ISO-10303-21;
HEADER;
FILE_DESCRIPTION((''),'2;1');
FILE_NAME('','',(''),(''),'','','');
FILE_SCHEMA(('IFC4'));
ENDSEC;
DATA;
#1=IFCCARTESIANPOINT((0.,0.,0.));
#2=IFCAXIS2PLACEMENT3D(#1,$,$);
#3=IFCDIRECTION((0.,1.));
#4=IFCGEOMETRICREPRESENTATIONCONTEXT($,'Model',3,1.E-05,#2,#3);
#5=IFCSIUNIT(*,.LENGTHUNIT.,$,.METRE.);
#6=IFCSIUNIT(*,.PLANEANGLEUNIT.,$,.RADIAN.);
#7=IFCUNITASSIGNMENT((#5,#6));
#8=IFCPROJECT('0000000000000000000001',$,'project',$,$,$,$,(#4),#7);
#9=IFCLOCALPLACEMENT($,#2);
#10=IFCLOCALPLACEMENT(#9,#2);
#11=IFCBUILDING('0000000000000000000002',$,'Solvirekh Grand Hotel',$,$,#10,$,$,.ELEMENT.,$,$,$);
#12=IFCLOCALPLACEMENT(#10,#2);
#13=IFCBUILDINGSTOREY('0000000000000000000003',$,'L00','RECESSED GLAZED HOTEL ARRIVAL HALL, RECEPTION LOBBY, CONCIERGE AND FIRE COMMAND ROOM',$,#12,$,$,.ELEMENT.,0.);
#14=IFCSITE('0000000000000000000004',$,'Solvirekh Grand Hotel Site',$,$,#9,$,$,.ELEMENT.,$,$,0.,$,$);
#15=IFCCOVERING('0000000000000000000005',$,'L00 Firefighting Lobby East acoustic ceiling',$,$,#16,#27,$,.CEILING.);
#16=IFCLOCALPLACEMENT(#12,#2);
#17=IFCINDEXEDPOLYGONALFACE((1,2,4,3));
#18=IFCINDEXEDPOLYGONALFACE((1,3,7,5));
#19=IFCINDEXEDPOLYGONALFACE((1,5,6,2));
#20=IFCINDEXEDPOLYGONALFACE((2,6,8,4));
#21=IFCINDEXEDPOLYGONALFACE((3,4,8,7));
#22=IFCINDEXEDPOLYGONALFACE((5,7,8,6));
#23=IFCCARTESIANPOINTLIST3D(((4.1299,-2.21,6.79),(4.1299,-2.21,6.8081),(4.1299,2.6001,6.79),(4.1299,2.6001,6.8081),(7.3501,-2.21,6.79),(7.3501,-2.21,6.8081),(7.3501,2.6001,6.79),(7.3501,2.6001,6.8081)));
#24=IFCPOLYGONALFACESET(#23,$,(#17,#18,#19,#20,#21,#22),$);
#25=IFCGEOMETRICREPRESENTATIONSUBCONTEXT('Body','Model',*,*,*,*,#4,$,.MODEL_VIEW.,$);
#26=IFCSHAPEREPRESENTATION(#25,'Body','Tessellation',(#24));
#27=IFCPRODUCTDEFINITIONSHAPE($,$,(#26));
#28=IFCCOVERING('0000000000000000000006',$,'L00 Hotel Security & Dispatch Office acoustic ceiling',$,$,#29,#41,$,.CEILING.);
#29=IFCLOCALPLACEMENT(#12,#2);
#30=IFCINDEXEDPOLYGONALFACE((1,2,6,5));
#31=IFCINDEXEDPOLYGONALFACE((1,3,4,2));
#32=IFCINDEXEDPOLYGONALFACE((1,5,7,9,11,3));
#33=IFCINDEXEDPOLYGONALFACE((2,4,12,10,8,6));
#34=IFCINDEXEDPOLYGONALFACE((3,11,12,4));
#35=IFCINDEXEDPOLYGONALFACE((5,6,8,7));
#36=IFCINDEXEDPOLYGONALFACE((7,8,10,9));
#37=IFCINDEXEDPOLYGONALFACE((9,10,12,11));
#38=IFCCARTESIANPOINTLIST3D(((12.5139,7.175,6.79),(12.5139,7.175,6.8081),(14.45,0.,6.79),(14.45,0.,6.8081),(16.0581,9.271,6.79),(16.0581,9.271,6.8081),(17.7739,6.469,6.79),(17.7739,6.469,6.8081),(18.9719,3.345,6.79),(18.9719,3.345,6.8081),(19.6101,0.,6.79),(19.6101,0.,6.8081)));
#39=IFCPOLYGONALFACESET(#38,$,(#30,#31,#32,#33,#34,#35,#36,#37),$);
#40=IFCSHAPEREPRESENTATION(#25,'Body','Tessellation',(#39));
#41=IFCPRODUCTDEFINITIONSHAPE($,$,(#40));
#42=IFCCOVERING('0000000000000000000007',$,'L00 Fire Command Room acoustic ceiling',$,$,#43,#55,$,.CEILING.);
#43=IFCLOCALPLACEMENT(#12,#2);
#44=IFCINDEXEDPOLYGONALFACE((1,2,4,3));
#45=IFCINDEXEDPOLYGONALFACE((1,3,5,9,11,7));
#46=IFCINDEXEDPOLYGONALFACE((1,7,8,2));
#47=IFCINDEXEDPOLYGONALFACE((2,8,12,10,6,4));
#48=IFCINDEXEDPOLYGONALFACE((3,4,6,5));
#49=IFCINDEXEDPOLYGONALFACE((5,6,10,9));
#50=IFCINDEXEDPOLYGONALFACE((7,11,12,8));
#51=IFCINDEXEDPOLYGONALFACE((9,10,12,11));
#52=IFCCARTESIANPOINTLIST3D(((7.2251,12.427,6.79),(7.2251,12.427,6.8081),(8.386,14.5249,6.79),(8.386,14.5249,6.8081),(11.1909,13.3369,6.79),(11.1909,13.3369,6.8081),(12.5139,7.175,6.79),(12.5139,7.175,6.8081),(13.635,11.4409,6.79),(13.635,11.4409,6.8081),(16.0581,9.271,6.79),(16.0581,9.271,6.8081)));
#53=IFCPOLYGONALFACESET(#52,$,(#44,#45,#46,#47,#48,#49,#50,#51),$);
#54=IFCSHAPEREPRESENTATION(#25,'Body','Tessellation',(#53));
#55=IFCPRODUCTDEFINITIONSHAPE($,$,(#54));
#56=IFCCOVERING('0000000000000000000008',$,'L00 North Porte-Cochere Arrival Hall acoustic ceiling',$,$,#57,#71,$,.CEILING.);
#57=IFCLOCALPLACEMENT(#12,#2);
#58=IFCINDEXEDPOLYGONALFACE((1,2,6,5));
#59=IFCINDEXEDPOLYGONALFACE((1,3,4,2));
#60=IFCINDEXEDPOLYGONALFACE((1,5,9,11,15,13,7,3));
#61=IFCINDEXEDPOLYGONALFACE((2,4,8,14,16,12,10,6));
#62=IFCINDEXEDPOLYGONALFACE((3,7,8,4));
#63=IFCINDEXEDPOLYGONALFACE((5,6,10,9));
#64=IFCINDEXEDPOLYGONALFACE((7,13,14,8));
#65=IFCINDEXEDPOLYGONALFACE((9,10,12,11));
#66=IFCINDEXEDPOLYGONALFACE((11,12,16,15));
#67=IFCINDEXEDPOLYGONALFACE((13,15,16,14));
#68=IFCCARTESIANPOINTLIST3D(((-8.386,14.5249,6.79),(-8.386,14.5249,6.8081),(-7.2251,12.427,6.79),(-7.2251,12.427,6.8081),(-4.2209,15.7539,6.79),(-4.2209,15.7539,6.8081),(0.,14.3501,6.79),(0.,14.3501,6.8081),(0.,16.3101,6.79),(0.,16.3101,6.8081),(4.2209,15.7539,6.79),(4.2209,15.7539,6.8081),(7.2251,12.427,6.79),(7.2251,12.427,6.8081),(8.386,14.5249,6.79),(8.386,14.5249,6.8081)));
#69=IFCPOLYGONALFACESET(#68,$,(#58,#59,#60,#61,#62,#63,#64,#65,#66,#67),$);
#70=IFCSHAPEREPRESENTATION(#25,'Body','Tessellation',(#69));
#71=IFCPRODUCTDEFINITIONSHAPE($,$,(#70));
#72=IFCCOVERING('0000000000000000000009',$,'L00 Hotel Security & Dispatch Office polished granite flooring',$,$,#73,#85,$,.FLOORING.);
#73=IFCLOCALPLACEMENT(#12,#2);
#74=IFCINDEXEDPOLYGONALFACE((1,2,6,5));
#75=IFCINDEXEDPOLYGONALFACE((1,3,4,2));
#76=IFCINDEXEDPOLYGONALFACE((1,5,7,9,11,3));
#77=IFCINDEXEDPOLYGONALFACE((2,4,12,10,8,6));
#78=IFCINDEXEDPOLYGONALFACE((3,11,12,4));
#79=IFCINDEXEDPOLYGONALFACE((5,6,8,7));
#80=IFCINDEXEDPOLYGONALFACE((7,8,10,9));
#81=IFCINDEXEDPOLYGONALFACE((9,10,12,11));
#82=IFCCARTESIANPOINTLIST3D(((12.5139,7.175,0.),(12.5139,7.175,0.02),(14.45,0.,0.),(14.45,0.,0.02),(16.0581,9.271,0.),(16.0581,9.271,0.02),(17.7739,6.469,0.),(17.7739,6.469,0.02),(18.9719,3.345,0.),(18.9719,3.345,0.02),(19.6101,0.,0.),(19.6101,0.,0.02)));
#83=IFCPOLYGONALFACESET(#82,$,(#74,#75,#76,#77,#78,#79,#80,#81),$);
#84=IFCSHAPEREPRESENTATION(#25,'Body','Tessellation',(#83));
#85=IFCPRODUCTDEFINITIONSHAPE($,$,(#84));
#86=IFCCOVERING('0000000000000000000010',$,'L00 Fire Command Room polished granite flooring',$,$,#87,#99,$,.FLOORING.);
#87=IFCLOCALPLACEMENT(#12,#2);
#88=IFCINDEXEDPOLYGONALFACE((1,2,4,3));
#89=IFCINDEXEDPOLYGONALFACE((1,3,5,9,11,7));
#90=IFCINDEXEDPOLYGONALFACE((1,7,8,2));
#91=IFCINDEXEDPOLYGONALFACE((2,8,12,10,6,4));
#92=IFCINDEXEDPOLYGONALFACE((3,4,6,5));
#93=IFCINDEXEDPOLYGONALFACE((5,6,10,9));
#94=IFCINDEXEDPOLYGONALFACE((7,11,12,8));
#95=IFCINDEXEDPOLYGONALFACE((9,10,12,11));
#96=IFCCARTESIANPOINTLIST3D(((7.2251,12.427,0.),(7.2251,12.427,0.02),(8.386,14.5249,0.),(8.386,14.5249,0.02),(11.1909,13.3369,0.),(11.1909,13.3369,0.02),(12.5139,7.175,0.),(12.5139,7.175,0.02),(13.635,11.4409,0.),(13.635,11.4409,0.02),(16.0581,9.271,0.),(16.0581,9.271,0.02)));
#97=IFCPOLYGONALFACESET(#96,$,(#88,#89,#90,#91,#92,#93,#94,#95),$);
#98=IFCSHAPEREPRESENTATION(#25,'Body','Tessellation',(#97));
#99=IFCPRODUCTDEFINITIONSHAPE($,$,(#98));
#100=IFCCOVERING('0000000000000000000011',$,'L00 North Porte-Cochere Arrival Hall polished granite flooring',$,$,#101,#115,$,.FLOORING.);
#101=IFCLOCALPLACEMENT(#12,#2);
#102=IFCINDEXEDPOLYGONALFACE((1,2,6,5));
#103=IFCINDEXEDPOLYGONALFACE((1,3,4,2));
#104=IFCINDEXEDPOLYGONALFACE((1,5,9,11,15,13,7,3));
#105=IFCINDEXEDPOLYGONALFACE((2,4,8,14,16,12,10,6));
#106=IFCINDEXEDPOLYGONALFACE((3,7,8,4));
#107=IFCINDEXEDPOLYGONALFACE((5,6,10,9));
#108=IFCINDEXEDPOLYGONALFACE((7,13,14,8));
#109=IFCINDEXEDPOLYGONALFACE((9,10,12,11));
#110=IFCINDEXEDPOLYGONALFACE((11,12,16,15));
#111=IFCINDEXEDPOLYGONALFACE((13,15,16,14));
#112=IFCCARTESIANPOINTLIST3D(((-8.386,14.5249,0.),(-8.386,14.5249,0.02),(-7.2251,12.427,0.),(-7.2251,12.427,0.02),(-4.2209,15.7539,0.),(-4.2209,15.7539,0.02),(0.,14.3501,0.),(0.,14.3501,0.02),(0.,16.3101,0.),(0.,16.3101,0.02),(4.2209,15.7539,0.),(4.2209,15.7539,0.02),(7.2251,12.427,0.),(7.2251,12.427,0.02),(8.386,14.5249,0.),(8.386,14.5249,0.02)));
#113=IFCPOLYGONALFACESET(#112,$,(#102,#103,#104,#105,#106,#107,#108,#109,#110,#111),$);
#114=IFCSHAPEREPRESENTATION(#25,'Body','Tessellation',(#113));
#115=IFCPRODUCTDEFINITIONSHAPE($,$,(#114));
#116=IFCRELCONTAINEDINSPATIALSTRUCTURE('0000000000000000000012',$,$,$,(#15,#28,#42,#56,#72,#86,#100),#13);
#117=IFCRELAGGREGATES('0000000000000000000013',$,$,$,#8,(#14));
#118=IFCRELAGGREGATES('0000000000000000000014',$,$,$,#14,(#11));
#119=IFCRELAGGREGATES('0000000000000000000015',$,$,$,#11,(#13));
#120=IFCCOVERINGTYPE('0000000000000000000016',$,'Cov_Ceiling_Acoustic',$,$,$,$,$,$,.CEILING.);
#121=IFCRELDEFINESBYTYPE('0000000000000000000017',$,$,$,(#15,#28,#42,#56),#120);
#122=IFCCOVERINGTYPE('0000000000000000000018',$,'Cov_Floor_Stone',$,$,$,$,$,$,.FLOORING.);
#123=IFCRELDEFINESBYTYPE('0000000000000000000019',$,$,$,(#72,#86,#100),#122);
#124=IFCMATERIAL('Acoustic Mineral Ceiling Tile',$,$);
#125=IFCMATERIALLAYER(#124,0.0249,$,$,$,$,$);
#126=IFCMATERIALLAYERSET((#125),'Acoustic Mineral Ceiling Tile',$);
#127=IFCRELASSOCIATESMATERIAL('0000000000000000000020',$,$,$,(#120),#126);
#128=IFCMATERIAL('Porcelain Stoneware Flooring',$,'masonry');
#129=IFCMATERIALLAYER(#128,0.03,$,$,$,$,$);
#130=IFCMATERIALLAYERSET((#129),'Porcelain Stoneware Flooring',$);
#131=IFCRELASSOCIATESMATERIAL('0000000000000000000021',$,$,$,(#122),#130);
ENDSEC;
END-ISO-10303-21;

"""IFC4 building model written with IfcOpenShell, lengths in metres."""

from ifc_helpers import new_model, si_unit, direction, frame, origin, place, context, subcontext, project, spatial, polyline, outline, extrude, material, layer, layer_set, type_object, element, save


model = new_model("IFC4")

# Units and contexts
model_context = context("Model", 3, precision=1e-05, world=origin(), true_north=direction((0.0, 1.0)))
body_context = subcontext(model_context, "Body", "Model", "MODEL_VIEW")
ifc_project = project(units=[si_unit("LENGTHUNIT", "METRE"), si_unit("PLANEANGLEUNIT", "RADIAN")], contexts=[model_context])

# Site, building, storey
site_placement = place(None, origin())
site = spatial("IfcSite", under=ifc_project, at=site_placement, Name="Solvirekh Grand Hotel Site", CompositionType="ELEMENT", RefElevation=0.0)
building_placement = place(site_placement, origin())
building = spatial("IfcBuilding", under=site, at=building_placement, Name="Solvirekh Grand Hotel", CompositionType="ELEMENT")
storey_placement = place(building_placement, origin())
storey = spatial("IfcBuildingStorey", under=building, at=storey_placement, Name="L00", Description="RECESSED GLAZED HOTEL ARRIVAL HALL, RECEPTION LOBBY, CONCIERGE AND FIRE COMMAND ROOM", CompositionType="ELEMENT", Elevation=0.0)

# Coverings
ifc_material_1 = material(Name="Acoustic Mineral Ceiling Tile")
ifc_layer_1 = layer(ifc_material_1, 0.0249)
ifc_layer_set_1 = layer_set([ifc_layer_1], Name="Acoustic Mineral Ceiling Tile")
covering_type_1 = type_object("IfcCoveringType", Name="Cov_Ceiling_Acoustic", PredefinedType="CEILING", material=ifc_layer_set_1)
covering_1_placement = place(storey_placement, frame((0.0, 0.0, 6.79)))
element("IfcCovering", 1, at=covering_1_placement, inside=storey, type_object=covering_type_1, Name="L00 Firefighting Lobby East acoustic ceiling", PredefinedType="CEILING", context=body_context, shape_type="SweptSolid", body=[
    extrude(outline(polyline([(4.1299, -2.21), (7.3501, -2.21), (7.3501, 2.6001), (4.1299, 2.6001), (4.1299, -2.21)])), origin(), (0.0, 0.0, 1.0), 0.0181),
])
covering_2_placement = place(storey_placement, frame((0.0, 0.0, 6.79)))
element("IfcCovering", 2, at=covering_2_placement, inside=storey, type_object=covering_type_1, Name="L00 Hotel Security & Dispatch Office acoustic ceiling", PredefinedType="CEILING", context=body_context, shape_type="SweptSolid", body=[
    extrude(outline(polyline([(19.6101, 0.0), (18.9719, 3.345), (17.7739, 6.469), (16.0581, 9.271), (12.5139, 7.175), (14.45, 0.0), (19.6101, 0.0)])), origin(), (0.0, 0.0, 1.0), 0.0181),
])
covering_3_placement = place(storey_placement, frame((0.0, 0.0, 6.79)))
element("IfcCovering", 3, at=covering_3_placement, inside=storey, type_object=covering_type_1, Name="L00 Fire Command Room acoustic ceiling", PredefinedType="CEILING", context=body_context, shape_type="SweptSolid", body=[
    extrude(outline(polyline([(16.0581, 9.271), (13.635, 11.4409), (11.1909, 13.3369), (8.386, 14.5249), (7.2251, 12.427), (12.5139, 7.175), (16.0581, 9.271)])), origin(), (0.0, 0.0, 1.0), 0.0181),
])
covering_4_placement = place(storey_placement, frame((0.0, 0.0, 6.79)))
element("IfcCovering", 4, at=covering_4_placement, inside=storey, type_object=covering_type_1, Name="L00 North Porte-Cochere Arrival Hall acoustic ceiling", PredefinedType="CEILING", context=body_context, shape_type="SweptSolid", body=[
    extrude(outline(polyline([(8.386, 14.5249), (4.2209, 15.7539), (0.0, 16.3101), (-4.2209, 15.7539), (-8.386, 14.5249), (-7.2251, 12.427), (0.0, 14.3501), (7.2251, 12.427), (8.386, 14.5249)])), origin(), (0.0, 0.0, 1.0), 0.0181),
])
ifc_material_2 = material(Name="Porcelain Stoneware Flooring", Category="masonry")
ifc_layer_2 = layer(ifc_material_2, 0.03)
ifc_layer_set_2 = layer_set([ifc_layer_2], Name="Porcelain Stoneware Flooring")
covering_type_2 = type_object("IfcCoveringType", Name="Cov_Floor_Stone", PredefinedType="FLOORING", material=ifc_layer_set_2)
covering_5_placement = place(storey_placement, origin())
element("IfcCovering", 5, at=covering_5_placement, inside=storey, type_object=covering_type_2, Name="L00 Hotel Security & Dispatch Office polished granite flooring", PredefinedType="FLOORING", context=body_context, shape_type="SweptSolid", body=[
    extrude(outline(polyline([(19.6101, 0.0), (18.9719, 3.345), (17.7739, 6.469), (16.0581, 9.271), (12.5139, 7.175), (14.45, 0.0), (19.6101, 0.0)])), origin(), (0.0, 0.0, 1.0), 0.02),
])
covering_6_placement = place(storey_placement, origin())
element("IfcCovering", 6, at=covering_6_placement, inside=storey, type_object=covering_type_2, Name="L00 Fire Command Room polished granite flooring", PredefinedType="FLOORING", context=body_context, shape_type="SweptSolid", body=[
    extrude(outline(polyline([(16.0581, 9.271), (13.635, 11.4409), (11.1909, 13.3369), (8.386, 14.5249), (7.2251, 12.427), (12.5139, 7.175), (16.0581, 9.271)])), origin(), (0.0, 0.0, 1.0), 0.02),
])
covering_7_placement = place(storey_placement, origin())
element("IfcCovering", 7, at=covering_7_placement, inside=storey, type_object=covering_type_2, Name="L00 North Porte-Cochere Arrival Hall polished granite flooring", PredefinedType="FLOORING", context=body_context, shape_type="SweptSolid", body=[
    extrude(outline(polyline([(8.386, 14.5249), (4.2209, 15.7539), (0.0, 16.3101), (-4.2209, 15.7539), (-8.386, 14.5249), (-7.2251, 12.427), (0.0, 14.3501), (7.2251, 12.427), (8.386, 14.5249)])), origin(), (0.0, 0.0, 1.0), 0.02),
])

save(model, "model.ifc")
